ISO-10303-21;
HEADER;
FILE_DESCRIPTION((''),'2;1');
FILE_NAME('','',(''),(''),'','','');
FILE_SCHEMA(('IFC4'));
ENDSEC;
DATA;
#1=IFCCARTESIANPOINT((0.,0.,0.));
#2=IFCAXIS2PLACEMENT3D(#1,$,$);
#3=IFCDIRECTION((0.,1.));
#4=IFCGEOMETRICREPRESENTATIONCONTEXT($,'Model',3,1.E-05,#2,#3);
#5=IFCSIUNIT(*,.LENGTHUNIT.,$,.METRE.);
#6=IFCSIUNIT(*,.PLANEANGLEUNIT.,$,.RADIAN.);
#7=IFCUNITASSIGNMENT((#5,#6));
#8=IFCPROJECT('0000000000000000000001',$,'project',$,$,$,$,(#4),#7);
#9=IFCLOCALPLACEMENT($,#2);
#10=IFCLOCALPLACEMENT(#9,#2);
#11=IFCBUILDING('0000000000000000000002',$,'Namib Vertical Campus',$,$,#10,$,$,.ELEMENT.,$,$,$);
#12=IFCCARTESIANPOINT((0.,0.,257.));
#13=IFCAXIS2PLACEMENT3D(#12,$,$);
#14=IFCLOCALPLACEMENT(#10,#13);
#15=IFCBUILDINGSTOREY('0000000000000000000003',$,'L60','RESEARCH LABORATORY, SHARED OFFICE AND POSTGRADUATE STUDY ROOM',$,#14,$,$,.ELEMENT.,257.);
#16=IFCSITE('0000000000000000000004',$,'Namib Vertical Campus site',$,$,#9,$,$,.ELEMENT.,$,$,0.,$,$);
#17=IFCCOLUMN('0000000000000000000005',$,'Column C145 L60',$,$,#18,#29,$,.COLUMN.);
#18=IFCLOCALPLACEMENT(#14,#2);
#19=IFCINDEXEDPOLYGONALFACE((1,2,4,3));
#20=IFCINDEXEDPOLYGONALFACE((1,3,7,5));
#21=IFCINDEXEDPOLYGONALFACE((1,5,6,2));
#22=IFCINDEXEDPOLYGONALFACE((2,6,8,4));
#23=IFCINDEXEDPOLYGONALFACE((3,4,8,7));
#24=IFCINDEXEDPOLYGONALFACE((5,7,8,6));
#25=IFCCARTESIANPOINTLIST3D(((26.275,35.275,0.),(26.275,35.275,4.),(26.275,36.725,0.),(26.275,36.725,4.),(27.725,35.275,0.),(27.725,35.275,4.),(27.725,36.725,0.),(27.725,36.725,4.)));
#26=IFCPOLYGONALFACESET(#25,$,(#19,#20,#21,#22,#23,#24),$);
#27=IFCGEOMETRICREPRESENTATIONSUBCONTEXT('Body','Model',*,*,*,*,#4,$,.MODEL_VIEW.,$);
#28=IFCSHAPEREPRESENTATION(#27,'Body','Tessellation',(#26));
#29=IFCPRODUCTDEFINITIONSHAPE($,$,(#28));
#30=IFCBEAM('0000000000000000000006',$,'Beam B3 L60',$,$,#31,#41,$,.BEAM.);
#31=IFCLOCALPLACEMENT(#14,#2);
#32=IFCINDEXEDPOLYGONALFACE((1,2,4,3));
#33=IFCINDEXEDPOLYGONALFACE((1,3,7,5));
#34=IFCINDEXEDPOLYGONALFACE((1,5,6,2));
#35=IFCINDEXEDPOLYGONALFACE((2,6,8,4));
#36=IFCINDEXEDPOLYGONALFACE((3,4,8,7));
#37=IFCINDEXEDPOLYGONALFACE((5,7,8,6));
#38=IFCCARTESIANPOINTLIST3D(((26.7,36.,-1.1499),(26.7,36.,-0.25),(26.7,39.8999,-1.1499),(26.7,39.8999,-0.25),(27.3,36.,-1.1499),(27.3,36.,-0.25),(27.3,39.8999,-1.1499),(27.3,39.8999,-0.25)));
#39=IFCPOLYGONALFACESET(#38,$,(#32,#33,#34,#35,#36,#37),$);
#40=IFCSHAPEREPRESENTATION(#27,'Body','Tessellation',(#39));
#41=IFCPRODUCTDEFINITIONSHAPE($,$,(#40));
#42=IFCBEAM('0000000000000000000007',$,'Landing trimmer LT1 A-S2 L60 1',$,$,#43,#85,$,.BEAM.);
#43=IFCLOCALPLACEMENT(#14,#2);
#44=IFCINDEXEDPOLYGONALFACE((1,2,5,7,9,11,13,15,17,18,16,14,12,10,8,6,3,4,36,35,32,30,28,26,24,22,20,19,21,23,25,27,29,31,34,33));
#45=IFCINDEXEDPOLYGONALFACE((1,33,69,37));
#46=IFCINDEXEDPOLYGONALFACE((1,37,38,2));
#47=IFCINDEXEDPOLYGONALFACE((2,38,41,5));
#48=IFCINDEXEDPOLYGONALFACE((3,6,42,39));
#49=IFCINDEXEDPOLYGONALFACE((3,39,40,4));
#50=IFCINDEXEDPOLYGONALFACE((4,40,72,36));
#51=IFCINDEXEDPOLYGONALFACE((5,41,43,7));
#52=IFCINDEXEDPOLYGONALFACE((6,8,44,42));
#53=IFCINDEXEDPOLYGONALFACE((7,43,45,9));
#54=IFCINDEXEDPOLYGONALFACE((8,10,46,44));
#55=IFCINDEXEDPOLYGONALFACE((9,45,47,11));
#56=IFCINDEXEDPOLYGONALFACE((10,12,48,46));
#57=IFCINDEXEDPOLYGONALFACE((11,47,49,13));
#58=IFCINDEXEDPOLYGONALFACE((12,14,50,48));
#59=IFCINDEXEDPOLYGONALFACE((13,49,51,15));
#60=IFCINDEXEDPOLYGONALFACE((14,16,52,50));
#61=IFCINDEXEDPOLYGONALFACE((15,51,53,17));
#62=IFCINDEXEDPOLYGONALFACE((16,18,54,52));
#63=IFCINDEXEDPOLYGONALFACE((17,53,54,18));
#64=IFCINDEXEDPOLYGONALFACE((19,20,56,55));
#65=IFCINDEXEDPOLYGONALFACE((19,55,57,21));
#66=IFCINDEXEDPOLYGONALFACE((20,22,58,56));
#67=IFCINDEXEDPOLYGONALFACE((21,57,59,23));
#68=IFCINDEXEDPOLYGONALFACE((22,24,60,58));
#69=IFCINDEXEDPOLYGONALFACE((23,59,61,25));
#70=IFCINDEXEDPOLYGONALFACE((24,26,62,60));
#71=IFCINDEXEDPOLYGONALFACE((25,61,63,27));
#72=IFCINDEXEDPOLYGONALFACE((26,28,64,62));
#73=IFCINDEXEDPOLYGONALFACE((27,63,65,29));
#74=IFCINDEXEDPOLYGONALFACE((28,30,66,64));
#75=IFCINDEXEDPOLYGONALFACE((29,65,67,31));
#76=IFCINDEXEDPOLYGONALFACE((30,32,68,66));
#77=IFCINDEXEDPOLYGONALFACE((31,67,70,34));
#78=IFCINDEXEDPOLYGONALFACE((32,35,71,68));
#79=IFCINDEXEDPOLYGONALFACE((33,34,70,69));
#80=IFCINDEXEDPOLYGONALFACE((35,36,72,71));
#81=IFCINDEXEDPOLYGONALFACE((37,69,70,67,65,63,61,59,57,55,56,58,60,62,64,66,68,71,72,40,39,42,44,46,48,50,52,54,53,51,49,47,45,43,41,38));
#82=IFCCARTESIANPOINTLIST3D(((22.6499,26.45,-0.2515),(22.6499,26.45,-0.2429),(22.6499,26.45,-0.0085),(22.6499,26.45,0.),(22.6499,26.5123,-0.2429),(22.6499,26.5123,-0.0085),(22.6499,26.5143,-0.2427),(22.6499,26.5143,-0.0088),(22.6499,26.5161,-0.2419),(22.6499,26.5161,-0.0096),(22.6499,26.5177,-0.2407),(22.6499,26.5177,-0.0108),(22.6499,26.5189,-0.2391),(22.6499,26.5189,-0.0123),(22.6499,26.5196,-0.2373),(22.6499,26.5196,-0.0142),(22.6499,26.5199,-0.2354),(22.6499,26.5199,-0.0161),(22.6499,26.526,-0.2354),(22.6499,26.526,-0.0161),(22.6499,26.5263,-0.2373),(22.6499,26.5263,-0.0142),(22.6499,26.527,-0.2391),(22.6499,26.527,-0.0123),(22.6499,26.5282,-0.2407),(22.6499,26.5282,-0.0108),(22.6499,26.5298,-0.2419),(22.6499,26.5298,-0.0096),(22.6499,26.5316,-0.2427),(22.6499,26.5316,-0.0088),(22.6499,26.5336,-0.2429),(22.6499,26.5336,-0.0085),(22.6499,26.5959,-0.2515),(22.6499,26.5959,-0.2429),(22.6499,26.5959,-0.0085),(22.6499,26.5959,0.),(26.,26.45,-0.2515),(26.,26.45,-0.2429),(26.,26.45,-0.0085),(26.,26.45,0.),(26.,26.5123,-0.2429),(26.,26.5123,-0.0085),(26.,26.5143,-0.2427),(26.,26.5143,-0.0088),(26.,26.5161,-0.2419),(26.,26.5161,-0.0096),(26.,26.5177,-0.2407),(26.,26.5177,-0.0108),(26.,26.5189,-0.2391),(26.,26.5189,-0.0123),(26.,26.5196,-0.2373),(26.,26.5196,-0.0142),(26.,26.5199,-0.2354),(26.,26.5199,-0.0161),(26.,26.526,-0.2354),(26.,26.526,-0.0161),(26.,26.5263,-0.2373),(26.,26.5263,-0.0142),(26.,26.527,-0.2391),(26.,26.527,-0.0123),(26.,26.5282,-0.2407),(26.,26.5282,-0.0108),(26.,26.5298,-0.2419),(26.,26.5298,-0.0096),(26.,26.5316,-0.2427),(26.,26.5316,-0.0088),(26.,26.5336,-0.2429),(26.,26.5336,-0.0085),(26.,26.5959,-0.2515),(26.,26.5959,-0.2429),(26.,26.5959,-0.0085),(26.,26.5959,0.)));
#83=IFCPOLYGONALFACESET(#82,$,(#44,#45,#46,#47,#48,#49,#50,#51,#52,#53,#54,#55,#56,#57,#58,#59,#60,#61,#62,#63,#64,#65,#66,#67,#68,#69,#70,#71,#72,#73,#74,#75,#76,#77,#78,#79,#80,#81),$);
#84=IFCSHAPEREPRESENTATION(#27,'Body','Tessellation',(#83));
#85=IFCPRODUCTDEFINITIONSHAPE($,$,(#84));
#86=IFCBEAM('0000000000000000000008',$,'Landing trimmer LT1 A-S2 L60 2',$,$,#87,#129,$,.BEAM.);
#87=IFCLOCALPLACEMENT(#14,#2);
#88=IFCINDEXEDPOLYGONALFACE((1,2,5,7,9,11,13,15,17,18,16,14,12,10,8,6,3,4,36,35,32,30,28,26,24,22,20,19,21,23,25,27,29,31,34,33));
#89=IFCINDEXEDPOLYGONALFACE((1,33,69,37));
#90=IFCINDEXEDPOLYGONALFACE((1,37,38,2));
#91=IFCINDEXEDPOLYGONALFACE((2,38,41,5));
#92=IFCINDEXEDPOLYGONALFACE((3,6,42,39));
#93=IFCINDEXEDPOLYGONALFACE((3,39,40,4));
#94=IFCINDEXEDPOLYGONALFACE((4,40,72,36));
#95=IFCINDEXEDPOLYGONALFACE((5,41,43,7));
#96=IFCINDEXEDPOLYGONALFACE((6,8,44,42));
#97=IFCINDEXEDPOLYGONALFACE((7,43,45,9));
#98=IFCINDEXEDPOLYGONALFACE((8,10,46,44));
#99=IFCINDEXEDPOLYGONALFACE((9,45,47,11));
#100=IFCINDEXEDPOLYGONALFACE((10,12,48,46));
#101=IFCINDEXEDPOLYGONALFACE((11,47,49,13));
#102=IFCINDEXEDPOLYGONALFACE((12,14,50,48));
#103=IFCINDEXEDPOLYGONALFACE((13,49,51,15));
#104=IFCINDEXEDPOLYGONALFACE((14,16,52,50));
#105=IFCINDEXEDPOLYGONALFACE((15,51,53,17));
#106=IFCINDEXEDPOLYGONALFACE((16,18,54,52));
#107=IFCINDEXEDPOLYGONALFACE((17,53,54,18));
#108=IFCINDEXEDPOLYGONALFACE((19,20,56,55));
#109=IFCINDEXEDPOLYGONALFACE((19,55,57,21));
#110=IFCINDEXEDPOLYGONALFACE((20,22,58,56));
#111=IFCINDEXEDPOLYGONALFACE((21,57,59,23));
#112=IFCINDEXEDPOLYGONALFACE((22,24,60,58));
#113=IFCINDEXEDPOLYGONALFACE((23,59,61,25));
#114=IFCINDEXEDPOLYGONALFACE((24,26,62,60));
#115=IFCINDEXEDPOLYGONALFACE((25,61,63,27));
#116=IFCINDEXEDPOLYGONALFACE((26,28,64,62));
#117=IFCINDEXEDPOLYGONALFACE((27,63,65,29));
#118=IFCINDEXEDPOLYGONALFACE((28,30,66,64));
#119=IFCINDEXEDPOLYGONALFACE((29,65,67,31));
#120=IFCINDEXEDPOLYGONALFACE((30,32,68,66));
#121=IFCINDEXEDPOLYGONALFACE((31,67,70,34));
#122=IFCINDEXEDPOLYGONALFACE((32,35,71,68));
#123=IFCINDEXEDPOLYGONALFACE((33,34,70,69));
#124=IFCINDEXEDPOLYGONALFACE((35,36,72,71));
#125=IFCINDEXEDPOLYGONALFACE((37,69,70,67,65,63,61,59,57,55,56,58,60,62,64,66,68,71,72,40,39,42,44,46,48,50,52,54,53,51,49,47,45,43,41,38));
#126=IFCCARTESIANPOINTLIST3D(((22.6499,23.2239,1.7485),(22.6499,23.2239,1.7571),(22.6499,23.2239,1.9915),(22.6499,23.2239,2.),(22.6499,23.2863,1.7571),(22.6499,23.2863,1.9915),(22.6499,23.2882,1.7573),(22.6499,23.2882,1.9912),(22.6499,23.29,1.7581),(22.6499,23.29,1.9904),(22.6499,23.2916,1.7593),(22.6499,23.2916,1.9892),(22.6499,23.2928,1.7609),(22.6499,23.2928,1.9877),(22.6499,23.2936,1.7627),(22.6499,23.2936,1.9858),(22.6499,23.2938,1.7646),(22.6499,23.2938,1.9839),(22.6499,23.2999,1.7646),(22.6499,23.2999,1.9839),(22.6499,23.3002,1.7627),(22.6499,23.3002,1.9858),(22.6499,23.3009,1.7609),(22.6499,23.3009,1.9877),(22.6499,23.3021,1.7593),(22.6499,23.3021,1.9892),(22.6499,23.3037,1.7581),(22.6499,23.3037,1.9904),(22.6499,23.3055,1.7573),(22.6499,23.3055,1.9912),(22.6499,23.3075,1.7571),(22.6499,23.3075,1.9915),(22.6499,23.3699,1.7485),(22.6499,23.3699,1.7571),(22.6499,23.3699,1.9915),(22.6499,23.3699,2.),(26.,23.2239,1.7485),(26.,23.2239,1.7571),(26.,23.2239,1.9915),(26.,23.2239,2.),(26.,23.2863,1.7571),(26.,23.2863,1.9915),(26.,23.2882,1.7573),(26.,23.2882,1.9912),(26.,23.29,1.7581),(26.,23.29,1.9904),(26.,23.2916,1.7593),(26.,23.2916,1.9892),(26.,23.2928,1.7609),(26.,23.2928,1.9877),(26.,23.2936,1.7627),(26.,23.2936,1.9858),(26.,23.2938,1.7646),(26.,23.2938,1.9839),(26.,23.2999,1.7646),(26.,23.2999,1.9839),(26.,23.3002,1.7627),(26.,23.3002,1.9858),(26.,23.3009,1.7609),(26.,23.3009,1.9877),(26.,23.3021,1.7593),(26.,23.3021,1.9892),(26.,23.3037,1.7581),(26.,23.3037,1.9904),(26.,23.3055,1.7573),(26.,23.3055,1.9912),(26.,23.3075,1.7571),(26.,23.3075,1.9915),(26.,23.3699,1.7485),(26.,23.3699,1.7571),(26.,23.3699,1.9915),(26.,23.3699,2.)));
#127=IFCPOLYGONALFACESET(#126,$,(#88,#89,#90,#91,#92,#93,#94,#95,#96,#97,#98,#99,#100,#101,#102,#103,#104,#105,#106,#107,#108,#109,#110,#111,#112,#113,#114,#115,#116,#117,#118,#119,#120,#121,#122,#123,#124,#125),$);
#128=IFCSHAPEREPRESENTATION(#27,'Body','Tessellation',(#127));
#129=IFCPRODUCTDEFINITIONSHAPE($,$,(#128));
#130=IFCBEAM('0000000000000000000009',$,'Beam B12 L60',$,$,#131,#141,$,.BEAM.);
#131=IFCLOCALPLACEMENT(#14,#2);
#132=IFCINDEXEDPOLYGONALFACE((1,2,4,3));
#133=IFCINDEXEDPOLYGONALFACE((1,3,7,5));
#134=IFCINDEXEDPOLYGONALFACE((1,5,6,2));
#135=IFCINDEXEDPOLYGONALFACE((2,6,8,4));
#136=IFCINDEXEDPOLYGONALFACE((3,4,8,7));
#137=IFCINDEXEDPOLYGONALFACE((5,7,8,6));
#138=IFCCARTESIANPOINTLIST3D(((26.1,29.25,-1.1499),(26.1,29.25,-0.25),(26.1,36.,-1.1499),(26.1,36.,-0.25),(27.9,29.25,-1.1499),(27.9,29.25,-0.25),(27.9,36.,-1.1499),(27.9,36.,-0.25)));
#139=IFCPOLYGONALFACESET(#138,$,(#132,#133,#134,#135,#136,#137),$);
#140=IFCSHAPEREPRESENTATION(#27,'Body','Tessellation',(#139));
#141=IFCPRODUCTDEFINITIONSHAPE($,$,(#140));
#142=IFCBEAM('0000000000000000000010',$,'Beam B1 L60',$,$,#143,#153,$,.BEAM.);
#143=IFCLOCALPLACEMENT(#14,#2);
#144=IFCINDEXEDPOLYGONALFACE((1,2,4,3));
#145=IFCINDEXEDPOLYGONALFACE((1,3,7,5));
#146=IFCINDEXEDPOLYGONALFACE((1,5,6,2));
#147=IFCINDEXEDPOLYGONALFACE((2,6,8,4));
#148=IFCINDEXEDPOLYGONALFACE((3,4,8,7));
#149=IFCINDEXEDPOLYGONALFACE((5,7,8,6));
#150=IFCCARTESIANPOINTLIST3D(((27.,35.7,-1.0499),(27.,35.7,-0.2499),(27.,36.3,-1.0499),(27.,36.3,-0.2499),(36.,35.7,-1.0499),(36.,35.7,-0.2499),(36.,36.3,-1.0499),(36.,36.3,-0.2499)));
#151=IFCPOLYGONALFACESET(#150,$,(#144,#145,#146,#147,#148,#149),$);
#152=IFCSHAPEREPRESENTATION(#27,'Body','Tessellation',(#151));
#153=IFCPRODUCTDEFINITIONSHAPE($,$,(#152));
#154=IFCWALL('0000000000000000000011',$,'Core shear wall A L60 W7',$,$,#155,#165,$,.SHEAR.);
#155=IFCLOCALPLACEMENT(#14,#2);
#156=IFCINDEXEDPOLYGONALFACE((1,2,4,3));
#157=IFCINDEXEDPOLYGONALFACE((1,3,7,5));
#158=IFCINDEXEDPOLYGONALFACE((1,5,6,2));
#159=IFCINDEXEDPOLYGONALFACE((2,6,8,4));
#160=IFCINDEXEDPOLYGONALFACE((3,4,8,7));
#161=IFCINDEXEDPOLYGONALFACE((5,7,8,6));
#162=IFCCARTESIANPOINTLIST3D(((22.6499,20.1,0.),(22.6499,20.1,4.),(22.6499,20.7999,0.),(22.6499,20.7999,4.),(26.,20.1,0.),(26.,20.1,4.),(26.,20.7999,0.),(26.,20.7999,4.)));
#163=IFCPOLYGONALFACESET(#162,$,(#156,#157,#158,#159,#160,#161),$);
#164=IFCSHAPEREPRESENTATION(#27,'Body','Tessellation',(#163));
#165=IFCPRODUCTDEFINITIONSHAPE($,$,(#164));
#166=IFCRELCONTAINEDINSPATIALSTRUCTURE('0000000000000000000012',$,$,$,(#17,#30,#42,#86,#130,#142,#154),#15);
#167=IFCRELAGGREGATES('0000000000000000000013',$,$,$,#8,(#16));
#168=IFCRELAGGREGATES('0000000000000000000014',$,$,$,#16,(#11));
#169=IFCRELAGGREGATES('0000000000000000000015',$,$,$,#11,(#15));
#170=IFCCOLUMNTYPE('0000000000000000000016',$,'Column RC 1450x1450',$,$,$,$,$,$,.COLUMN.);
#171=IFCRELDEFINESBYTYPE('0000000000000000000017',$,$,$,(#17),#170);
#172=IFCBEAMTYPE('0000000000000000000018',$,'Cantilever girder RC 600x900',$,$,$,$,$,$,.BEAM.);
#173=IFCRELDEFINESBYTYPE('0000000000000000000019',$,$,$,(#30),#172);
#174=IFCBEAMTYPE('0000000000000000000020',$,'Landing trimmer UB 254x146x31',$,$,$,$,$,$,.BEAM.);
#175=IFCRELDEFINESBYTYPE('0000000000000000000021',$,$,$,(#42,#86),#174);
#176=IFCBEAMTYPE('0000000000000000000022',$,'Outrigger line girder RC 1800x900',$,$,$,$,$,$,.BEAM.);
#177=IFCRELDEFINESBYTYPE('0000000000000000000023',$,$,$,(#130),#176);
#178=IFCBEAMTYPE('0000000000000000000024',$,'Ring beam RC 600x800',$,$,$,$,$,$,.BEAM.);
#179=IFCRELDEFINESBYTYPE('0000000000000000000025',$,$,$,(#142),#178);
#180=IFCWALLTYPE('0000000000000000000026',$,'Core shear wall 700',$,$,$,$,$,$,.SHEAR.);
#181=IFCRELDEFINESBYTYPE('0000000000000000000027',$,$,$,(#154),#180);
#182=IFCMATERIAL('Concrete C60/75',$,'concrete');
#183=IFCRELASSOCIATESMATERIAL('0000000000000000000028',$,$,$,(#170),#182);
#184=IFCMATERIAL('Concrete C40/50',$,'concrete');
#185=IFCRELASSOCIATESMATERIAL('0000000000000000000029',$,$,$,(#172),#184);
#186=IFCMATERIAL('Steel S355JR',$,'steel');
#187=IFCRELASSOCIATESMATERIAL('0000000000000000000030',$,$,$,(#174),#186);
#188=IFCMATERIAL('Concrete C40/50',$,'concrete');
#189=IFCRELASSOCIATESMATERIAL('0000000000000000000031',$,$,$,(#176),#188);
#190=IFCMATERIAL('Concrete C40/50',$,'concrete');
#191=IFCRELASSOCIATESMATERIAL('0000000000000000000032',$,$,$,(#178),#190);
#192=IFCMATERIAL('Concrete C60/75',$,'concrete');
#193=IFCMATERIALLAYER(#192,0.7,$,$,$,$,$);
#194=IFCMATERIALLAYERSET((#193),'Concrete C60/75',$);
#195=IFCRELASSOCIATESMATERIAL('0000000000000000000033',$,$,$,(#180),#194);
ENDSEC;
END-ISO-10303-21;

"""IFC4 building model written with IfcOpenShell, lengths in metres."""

from ifc_helpers import new_model, si_unit, direction, frame, frame_2d, origin, origin_2d, place, context, subcontext, project, spatial, rectangle, i_section, extrude, material, layer, layer_set, material_profile, profile_set, type_object, element, save


model = new_model("IFC4")

# Units and contexts
model_context = context("Model", 3, precision=1e-05, world=origin(), true_north=direction((0.0, 1.0)))
body_context = subcontext(model_context, "Body", "Model", "MODEL_VIEW")
ifc_project = project(units=[si_unit("LENGTHUNIT", "METRE"), si_unit("PLANEANGLEUNIT", "RADIAN")], contexts=[model_context])

# Site, building, storey
site_placement = place(None, origin())
site = spatial("IfcSite", under=ifc_project, at=site_placement, Name="Namib Vertical Campus site", CompositionType="ELEMENT", RefElevation=0.0)
building_placement = place(site_placement, origin())
building = spatial("IfcBuilding", under=site, at=building_placement, Name="Namib Vertical Campus", CompositionType="ELEMENT")
storey_placement = place(building_placement, frame((0.0, 0.0, 257.0)))
storey = spatial("IfcBuildingStorey", under=building, at=storey_placement, Name="L60", Description="RESEARCH LABORATORY, SHARED OFFICE AND POSTGRADUATE STUDY ROOM", CompositionType="ELEMENT", Elevation=257.0)

# Column
ifc_material_1 = material(Name="Concrete C60/75", Category="concrete")
ifc_material_profile_1 = material_profile(ifc_material_1, rectangle(XDim=1.45, YDim=1.45, at=origin_2d()))
ifc_profile_set_1 = profile_set([ifc_material_profile_1], Name="Concrete C60/75")
column_type = type_object("IfcColumnType", Name="Column RC 1450x1450", PredefinedType="COLUMN", material=ifc_profile_set_1)
column_placement = place(storey_placement, frame((27.0, 36.0, 0.0), z_axis=(0.0, 0.0, 1.0), x_axis=(1.0, 0.0, 0.0)))
element("IfcColumn", 1, at=column_placement, inside=storey, type_object=column_type, Name="Column C145 L60", PredefinedType="COLUMN", context=body_context, shape_type="SweptSolid", body=[
    extrude(rectangle(XDim=1.45, YDim=1.45, at=origin_2d()), origin(), (0.0, 0.0, 1.0), 4.0),
])

# Beams
ifc_material_2 = material(Name="Concrete C40/50", Category="concrete")
ifc_material_profile_2 = material_profile(ifc_material_2, rectangle(XDim=0.6001, YDim=0.8999, at=origin_2d()))
ifc_profile_set_2 = profile_set([ifc_material_profile_2], Name="Concrete C40/50")
beam_type_1 = type_object("IfcBeamType", Name="Cantilever girder RC 600x900", PredefinedType="BEAM", material=ifc_profile_set_2)
beam_1_placement = place(storey_placement, frame((27.0, 36.0, -0.7), z_axis=(0.0, 1.0, 0.0), x_axis=(-1.0, 0.0, 0.0)))
element("IfcBeam", 2, at=beam_1_placement, inside=storey, type_object=beam_type_1, Name="Beam B3 L60", PredefinedType="BEAM", context=body_context, shape_type="SweptSolid", body=[
    extrude(rectangle(XDim=0.6001, YDim=0.8999, at=origin_2d()), origin(), (0.0, 0.0, 1.0), 3.8999),
])
ifc_material_3 = material(Name="Steel S355JR", Category="steel")
ifc_material_profile_3 = material_profile(ifc_material_3, i_section(OverallWidth=0.146, OverallDepth=0.2515, WebThickness=0.0061, FlangeThickness=0.0085, FilletRadius=0.0076, at=origin_2d()))
ifc_profile_set_3 = profile_set([ifc_material_profile_3], Name="Steel S355JR")
beam_type_2 = type_object("IfcBeamType", Name="Landing trimmer UB 254x146x31", PredefinedType="BEAM", material=ifc_profile_set_3)
for number, where, z_axis, x_axis, name in (
    (3, (22.6499, 26.5229, -0.1257), (1.0, 0.0, 0.0), (0.0, 1.0, 0.0), "Landing trimmer LT1 A-S2 L60 1"),
    (4, (22.6499, 23.2969, 1.8743), (1.0, 0.0, 0.0), (0.0, 1.0, 0.0), "Landing trimmer LT1 A-S2 L60 2"),
):
    element("IfcBeam", number, at=place(storey_placement, frame(where, z_axis=z_axis, x_axis=x_axis)), inside=storey, type_object=beam_type_2, Name=name, PredefinedType="BEAM", context=body_context, shape_type="SweptSolid", body=[
        extrude(i_section(OverallWidth=0.146, OverallDepth=0.2515, WebThickness=0.0061, FlangeThickness=0.0085, FilletRadius=0.0076, at=origin_2d()), origin(), (0.0, 0.0, 1.0), 3.3501),
    ])
ifc_material_4 = material(Name="Concrete C40/50", Category="concrete")
ifc_material_profile_4 = material_profile(ifc_material_4, rectangle(XDim=1.8, YDim=0.8999, at=origin_2d()))
ifc_profile_set_4 = profile_set([ifc_material_profile_4], Name="Concrete C40/50")
beam_type_3 = type_object("IfcBeamType", Name="Outrigger line girder RC 1800x900", PredefinedType="BEAM", material=ifc_profile_set_4)
beam_2_placement = place(storey_placement, frame((27.0, 36.0, -0.7), z_axis=(0.0, -1.0, 0.0), x_axis=(1.0, 0.0, 0.0)))
element("IfcBeam", 5, at=beam_2_placement, inside=storey, type_object=beam_type_3, Name="Beam B12 L60", PredefinedType="BEAM", context=body_context, shape_type="SweptSolid", body=[
    extrude(rectangle(XDim=1.8, YDim=0.8999, at=origin_2d()), origin(), (0.0, 0.0, 1.0), 6.75),
])
ifc_material_5 = material(Name="Concrete C40/50", Category="concrete")
ifc_material_profile_5 = material_profile(ifc_material_5, rectangle(XDim=0.6001, YDim=0.8, at=origin_2d()))
ifc_profile_set_5 = profile_set([ifc_material_profile_5], Name="Concrete C40/50")
beam_type_4 = type_object("IfcBeamType", Name="Ring beam RC 600x800", PredefinedType="BEAM", material=ifc_profile_set_5)
beam_3_placement = place(storey_placement, frame((27.0, 36.0, -0.6499), z_axis=(1.0, 0.0, 0.0), x_axis=(0.0, 1.0, 0.0)))
element("IfcBeam", 6, at=beam_3_placement, inside=storey, type_object=beam_type_4, Name="Beam B1 L60", PredefinedType="BEAM", context=body_context, shape_type="SweptSolid", body=[
    extrude(rectangle(XDim=0.6001, YDim=0.8, at=origin_2d()), origin(), (0.0, 0.0, 1.0), 9.0),
])

# Wall
ifc_material_6 = material(Name="Concrete C60/75", Category="concrete")
ifc_layer_1 = layer(ifc_material_6, 0.7)
ifc_layer_set_1 = layer_set([ifc_layer_1], Name="Concrete C60/75")
wall_type_1 = type_object("IfcWallType", Name="Core shear wall 700", PredefinedType="SHEAR", material=ifc_layer_set_1)
wall_1_placement = place(storey_placement, frame((22.6499, 20.45, 0.0), z_axis=(0.0, 0.0, 1.0), x_axis=(1.0, 0.0, 0.0)))
element("IfcWall", 7, at=wall_1_placement, inside=storey, type_object=wall_type_1, Name="Core shear wall A L60 W7", PredefinedType="SHEAR", context=body_context, shape_type="SweptSolid", body=[
    extrude(rectangle(XDim=3.3501, YDim=0.7, at=frame_2d((1.675, 0.0))), origin(), (0.0, 0.0, 1.0), 4.0),
])

save(model, "model.ifc")
